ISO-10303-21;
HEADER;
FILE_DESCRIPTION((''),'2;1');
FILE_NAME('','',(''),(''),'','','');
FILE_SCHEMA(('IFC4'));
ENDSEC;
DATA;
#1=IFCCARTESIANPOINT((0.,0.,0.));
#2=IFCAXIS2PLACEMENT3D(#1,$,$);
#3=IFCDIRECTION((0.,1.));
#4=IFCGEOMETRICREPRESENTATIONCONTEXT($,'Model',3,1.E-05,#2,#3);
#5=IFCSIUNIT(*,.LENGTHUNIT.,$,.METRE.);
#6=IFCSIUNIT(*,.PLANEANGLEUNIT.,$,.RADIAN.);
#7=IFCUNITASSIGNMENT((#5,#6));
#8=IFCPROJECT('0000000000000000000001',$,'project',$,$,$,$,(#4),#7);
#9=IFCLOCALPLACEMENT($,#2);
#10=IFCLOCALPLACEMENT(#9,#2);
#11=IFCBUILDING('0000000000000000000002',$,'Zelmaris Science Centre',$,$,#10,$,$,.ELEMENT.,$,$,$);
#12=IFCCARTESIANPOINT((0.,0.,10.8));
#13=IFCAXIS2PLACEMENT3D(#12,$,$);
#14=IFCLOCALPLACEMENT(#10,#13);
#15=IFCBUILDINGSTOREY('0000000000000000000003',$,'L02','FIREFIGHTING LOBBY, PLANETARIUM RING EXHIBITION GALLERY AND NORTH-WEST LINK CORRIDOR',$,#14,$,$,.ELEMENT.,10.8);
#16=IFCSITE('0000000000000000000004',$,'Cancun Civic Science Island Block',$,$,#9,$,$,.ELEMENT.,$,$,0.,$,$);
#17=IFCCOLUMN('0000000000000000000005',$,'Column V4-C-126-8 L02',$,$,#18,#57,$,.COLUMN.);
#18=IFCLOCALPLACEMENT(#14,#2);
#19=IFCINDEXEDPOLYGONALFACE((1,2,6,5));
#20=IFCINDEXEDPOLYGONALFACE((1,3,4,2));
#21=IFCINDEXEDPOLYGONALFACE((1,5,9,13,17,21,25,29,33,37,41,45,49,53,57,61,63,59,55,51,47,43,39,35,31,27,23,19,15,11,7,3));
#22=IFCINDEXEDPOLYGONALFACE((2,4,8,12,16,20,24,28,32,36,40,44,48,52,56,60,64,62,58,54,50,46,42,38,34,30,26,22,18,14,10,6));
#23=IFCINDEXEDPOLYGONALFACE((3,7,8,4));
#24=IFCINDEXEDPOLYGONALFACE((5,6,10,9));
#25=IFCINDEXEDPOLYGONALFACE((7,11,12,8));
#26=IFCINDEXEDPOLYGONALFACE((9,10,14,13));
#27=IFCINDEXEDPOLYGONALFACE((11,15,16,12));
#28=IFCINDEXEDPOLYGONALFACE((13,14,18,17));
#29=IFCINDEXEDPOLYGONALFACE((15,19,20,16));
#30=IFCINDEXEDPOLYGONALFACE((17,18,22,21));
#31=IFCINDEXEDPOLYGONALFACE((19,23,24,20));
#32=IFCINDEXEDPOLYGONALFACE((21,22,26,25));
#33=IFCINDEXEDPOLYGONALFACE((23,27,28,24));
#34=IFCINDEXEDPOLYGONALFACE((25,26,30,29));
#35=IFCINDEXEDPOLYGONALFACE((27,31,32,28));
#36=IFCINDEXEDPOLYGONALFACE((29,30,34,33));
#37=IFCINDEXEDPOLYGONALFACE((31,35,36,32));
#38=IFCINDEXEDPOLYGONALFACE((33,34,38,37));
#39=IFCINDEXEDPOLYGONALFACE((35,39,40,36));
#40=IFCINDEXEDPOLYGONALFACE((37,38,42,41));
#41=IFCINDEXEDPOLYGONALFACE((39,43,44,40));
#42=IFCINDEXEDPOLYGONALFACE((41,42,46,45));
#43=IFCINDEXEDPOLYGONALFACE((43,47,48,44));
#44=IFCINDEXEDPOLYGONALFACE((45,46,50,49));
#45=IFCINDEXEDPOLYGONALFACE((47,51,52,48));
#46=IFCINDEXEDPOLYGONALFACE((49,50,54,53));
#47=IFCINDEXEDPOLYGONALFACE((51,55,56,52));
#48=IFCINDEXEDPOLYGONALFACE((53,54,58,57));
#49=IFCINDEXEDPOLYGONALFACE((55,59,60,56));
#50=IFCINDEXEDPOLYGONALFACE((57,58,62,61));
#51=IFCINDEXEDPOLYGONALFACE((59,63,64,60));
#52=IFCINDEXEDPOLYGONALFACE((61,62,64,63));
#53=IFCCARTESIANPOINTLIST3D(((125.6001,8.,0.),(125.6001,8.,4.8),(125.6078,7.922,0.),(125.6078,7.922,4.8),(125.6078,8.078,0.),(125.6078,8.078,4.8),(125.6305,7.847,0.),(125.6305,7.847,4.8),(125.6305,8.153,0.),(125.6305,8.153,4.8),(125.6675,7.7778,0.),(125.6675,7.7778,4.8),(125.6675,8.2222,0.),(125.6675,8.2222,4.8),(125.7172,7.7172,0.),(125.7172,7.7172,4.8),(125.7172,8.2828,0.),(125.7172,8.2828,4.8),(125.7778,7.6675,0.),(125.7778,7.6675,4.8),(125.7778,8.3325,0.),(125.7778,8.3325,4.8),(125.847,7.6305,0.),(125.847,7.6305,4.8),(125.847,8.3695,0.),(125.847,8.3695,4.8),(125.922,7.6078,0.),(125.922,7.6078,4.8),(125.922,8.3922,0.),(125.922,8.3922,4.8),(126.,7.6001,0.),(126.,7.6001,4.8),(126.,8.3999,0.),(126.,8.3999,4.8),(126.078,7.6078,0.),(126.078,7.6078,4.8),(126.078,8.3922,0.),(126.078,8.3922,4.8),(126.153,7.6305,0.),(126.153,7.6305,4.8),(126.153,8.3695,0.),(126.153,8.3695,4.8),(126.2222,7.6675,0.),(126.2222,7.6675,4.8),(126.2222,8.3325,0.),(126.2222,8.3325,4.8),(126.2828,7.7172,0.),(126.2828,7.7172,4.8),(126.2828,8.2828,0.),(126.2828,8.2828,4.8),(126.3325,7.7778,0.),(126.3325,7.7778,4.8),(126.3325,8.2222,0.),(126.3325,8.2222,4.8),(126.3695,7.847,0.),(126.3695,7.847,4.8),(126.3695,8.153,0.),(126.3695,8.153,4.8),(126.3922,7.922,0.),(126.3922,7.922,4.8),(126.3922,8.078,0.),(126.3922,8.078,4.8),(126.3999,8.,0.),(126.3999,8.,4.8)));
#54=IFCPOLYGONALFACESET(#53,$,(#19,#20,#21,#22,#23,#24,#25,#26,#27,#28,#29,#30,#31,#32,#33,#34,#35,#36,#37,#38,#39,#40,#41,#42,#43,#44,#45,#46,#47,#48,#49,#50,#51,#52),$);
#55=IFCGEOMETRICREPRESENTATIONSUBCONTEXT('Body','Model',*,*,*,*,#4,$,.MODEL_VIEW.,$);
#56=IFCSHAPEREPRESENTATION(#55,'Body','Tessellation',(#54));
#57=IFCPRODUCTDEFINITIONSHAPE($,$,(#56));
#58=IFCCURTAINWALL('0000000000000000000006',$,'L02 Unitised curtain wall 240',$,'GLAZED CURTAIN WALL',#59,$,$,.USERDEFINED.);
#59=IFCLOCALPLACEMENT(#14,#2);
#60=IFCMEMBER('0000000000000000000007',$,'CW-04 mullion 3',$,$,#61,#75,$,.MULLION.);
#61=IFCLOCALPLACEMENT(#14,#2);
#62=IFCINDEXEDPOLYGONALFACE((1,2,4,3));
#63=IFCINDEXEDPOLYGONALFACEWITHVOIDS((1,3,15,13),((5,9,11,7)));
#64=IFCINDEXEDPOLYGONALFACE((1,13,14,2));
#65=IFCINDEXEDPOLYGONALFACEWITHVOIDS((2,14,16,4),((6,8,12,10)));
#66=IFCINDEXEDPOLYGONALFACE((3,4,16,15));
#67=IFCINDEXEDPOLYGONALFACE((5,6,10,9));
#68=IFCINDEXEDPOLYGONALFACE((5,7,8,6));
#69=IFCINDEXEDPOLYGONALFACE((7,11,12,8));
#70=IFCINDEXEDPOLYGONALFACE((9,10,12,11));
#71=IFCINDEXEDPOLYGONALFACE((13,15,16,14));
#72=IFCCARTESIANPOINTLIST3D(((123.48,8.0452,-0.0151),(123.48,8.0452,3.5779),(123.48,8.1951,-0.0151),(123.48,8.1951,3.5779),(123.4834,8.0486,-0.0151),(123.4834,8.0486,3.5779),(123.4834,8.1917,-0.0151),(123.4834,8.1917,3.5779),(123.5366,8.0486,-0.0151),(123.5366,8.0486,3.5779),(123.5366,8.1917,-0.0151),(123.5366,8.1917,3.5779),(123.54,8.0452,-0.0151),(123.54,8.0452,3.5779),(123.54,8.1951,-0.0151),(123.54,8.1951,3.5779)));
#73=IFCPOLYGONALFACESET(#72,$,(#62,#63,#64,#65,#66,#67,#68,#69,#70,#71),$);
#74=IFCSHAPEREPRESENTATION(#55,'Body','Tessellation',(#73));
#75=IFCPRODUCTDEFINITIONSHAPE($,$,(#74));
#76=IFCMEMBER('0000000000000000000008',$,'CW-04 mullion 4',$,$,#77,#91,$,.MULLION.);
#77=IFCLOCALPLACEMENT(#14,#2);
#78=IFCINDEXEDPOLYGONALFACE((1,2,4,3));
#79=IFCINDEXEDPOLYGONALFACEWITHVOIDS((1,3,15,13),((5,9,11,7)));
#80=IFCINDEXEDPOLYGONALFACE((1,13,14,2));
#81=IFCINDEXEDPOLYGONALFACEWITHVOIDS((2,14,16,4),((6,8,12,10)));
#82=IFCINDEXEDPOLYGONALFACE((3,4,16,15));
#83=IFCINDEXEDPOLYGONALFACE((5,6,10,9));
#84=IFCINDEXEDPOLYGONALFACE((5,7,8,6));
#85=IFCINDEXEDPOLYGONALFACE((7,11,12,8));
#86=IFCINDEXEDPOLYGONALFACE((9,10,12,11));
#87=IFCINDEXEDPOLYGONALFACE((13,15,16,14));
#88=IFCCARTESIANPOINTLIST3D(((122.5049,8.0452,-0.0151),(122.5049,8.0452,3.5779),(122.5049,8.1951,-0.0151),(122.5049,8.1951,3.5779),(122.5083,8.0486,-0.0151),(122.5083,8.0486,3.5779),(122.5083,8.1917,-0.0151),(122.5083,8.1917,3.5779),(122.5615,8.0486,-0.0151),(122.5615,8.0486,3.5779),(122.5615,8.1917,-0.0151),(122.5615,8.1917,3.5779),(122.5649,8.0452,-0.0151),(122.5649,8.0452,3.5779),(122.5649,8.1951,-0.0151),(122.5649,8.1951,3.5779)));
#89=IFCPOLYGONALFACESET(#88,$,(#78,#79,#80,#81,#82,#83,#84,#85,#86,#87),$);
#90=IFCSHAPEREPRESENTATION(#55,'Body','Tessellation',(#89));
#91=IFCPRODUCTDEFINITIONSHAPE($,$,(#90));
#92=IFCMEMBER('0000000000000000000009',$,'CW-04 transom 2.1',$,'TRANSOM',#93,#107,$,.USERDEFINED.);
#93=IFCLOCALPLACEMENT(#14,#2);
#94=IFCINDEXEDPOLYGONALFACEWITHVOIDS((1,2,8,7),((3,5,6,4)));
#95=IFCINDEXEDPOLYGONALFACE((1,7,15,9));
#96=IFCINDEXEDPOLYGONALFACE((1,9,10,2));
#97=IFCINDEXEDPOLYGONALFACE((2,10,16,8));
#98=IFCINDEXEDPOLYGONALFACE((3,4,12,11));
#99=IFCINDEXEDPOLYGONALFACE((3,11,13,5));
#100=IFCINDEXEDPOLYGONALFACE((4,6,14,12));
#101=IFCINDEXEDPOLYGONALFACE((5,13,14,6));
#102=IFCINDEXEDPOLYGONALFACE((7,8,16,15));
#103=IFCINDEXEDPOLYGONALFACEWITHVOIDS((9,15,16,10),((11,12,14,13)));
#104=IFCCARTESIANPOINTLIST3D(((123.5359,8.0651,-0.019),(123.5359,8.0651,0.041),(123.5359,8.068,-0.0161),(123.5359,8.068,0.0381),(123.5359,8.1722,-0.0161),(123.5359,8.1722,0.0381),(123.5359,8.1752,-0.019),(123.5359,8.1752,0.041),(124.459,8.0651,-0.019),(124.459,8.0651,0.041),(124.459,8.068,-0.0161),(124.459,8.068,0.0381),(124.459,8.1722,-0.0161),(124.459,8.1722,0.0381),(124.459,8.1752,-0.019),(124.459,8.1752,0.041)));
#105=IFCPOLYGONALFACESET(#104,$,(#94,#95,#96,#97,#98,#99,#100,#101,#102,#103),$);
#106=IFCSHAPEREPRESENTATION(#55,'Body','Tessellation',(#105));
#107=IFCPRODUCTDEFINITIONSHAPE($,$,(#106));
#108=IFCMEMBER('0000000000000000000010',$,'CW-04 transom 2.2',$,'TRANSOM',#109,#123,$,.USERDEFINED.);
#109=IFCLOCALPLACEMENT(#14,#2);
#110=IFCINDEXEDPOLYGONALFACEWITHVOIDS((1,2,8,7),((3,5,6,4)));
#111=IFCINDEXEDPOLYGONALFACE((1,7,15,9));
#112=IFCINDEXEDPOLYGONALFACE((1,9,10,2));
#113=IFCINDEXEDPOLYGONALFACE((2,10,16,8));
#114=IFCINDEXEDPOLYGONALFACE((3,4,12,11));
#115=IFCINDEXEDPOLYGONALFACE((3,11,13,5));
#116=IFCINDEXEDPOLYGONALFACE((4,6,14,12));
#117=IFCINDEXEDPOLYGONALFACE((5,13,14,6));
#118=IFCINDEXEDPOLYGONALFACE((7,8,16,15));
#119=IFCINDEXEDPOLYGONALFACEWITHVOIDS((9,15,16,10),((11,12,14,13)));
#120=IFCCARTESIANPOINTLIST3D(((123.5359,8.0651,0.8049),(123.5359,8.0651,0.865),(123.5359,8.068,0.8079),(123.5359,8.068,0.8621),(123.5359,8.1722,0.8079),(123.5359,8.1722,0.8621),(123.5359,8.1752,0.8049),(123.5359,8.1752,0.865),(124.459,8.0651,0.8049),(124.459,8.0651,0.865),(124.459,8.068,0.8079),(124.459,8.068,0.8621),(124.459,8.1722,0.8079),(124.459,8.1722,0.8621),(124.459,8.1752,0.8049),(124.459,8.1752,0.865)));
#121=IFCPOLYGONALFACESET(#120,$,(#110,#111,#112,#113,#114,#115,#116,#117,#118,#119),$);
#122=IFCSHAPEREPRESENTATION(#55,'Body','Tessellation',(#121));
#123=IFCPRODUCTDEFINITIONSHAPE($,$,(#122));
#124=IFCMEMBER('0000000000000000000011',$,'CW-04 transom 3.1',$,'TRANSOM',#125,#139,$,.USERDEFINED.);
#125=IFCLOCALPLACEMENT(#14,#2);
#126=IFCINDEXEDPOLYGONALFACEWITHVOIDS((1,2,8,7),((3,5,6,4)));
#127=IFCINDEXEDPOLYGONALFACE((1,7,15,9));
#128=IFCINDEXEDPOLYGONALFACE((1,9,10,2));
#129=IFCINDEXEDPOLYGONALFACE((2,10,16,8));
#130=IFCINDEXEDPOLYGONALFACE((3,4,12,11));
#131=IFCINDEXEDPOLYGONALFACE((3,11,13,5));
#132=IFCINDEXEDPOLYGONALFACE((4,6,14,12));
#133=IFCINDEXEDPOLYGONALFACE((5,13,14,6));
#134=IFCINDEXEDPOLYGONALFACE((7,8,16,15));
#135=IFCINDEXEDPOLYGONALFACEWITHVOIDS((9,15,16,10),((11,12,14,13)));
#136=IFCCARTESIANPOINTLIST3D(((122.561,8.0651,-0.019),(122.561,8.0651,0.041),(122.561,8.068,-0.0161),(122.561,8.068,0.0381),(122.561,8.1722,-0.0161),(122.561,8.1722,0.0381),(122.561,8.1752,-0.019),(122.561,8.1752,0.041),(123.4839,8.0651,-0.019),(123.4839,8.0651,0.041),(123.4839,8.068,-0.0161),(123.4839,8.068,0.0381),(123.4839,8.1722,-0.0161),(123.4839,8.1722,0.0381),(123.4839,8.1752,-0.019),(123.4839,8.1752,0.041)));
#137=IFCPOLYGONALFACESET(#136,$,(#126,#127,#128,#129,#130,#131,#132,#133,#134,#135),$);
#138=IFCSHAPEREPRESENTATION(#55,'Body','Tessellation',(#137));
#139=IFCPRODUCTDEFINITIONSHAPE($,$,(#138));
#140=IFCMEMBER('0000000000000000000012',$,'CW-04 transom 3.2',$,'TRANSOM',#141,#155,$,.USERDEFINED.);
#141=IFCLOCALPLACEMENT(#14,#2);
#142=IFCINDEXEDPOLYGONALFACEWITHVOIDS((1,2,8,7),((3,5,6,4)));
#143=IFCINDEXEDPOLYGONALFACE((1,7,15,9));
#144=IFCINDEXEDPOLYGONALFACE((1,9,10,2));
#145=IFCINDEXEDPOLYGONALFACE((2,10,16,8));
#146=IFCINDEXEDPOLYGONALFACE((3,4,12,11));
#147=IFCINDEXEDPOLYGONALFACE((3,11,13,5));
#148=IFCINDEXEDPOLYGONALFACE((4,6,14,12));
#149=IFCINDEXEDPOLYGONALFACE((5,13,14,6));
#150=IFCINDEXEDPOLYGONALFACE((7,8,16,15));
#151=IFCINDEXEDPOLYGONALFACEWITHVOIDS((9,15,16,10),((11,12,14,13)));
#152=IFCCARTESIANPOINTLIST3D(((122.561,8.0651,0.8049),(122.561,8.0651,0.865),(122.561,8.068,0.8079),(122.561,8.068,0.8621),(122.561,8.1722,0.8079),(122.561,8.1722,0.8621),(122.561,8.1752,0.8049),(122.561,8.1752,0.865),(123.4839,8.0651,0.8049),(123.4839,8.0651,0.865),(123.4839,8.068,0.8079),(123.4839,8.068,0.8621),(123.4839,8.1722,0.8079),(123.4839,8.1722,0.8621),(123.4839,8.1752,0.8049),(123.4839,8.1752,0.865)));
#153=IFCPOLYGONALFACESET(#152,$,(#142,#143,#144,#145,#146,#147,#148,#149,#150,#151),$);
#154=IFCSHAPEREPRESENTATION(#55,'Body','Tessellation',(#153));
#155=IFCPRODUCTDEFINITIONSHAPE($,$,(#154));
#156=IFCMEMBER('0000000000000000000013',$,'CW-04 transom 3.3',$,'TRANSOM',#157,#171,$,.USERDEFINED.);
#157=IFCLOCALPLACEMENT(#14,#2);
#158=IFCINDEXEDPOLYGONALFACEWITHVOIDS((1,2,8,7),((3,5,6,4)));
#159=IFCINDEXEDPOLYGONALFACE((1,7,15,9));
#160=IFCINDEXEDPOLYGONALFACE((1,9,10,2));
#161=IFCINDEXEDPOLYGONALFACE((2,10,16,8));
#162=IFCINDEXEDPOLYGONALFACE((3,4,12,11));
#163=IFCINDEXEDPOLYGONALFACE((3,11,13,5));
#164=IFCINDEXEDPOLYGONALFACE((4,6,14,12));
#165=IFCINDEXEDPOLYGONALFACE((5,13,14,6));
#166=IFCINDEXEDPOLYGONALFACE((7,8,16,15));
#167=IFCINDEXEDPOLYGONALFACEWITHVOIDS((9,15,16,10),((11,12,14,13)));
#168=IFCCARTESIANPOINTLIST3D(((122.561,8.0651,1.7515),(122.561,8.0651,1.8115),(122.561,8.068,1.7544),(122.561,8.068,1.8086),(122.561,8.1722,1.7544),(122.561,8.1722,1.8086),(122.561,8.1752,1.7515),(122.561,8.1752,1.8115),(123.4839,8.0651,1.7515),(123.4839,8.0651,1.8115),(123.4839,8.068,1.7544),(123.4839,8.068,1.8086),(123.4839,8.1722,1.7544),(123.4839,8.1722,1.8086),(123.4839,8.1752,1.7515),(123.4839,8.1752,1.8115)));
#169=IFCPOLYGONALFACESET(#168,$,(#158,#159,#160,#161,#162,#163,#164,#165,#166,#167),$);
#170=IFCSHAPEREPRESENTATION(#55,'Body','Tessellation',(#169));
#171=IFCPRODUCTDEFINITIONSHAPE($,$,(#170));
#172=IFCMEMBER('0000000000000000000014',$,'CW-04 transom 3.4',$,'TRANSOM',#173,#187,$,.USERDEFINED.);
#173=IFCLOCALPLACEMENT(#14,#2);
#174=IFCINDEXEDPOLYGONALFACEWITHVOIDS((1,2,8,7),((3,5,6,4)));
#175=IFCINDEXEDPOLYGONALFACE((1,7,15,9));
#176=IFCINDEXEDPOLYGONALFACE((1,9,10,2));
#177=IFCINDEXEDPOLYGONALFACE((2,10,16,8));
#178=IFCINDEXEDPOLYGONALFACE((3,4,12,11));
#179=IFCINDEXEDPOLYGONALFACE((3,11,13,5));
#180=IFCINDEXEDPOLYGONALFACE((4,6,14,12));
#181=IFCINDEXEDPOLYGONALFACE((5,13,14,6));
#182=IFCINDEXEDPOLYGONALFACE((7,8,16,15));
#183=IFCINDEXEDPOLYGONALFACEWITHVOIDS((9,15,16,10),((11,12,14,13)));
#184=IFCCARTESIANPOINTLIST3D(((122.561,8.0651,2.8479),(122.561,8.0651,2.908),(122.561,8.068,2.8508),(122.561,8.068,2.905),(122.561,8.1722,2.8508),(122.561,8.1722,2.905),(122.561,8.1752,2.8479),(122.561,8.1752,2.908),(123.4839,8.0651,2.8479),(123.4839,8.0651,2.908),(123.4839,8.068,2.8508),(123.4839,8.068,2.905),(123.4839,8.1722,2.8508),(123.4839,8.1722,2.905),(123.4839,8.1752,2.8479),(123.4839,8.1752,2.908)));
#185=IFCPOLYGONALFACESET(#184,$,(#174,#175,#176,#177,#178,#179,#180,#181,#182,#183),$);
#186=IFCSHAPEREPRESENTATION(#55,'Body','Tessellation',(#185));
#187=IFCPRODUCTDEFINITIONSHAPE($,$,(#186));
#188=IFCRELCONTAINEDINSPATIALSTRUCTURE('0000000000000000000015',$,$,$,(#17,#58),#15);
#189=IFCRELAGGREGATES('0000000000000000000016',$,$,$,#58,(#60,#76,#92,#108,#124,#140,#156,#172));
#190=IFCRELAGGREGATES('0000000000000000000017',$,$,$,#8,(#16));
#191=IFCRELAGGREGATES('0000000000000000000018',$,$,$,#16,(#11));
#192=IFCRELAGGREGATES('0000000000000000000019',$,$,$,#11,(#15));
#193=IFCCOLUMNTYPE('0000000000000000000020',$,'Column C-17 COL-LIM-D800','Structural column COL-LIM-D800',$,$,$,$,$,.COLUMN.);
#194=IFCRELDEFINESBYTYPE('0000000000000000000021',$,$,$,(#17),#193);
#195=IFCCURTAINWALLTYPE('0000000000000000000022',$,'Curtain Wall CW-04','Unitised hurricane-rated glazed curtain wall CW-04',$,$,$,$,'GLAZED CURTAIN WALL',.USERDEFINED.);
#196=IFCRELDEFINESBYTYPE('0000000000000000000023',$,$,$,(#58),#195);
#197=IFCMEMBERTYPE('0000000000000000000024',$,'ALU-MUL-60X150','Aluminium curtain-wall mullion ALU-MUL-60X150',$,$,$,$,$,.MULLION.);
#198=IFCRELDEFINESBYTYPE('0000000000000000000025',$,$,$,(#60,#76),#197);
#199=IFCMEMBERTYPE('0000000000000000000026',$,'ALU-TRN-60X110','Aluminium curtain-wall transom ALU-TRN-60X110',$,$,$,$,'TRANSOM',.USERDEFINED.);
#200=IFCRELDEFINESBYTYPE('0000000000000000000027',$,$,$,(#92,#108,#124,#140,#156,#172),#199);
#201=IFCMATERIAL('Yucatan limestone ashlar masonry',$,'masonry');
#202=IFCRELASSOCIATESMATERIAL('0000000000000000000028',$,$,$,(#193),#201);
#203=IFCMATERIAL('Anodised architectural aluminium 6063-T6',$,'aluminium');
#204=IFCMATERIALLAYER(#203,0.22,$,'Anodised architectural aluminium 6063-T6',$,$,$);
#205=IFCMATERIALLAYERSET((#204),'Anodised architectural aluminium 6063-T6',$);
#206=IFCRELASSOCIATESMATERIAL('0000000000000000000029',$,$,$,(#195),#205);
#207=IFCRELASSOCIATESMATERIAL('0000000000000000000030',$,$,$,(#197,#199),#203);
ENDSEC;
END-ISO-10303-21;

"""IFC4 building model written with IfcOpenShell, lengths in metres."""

from ifc_helpers import new_model, si_unit, direction, frame, origin, origin_2d, place, context, subcontext, project, spatial, hollow_rectangle, circle, extrude, material, layer, layer_set, material_profile, profile_set, type_object, element, aggregate, save


model = new_model("IFC4")

# Units and contexts
model_context = context("Model", 3, precision=1e-05, world=origin(), true_north=direction((0.0, 1.0)))
body_context = subcontext(model_context, "Body", "Model", "MODEL_VIEW")
ifc_project = project(units=[si_unit("LENGTHUNIT", "METRE"), si_unit("PLANEANGLEUNIT", "RADIAN")], contexts=[model_context])

# Site, building, storey
site_placement = place(None, origin())
site = spatial("IfcSite", under=ifc_project, at=site_placement, Name="Cancun Civic Science Island Block", CompositionType="ELEMENT", RefElevation=0.0)
building_placement = place(site_placement, origin())
building = spatial("IfcBuilding", under=site, at=building_placement, Name="Zelmaris Science Centre", CompositionType="ELEMENT")
storey_placement = place(building_placement, frame((0.0, 0.0, 10.8)))
storey = spatial("IfcBuildingStorey", under=building, at=storey_placement, Name="L02", Description="FIREFIGHTING LOBBY, PLANETARIUM RING EXHIBITION GALLERY AND NORTH-WEST LINK CORRIDOR", CompositionType="ELEMENT", Elevation=10.8)

# Column
ifc_material_1 = material(Name="Yucatan limestone ashlar masonry", Category="masonry")
ifc_material_profile_1 = material_profile(ifc_material_1, circle(Radius=0.3999, at=origin_2d()), Name="COL-LIM-D800")
ifc_profile_set_1 = profile_set([ifc_material_profile_1], Name="Yucatan limestone ashlar masonry")
column_type = type_object("IfcColumnType", Name="Column C-17 COL-LIM-D800", Description="Structural column COL-LIM-D800", PredefinedType="COLUMN", material=ifc_profile_set_1)
column_placement = place(storey_placement, frame((126.0, 8.0, 0.0), z_axis=(0.0, 0.0, 1.0), x_axis=(1.0, 0.0, 0.0)))
element("IfcColumn", 1, at=column_placement, inside=storey, type_object=column_type, Name="Column V4-C-126-8 L02", PredefinedType="COLUMN", context=body_context, shape_type="SweptSolid", body=[
    extrude(circle(Radius=0.3999, at=origin_2d()), origin(), (0.0, 0.0, 1.0), 4.8),
])

# Curtain wall, members
ifc_material_2 = material(Name="Anodised architectural aluminium 6063-T6", Category="aluminium")
ifc_layer_1 = layer(ifc_material_2, 0.22, Name="Anodised architectural aluminium 6063-T6")
ifc_layer_set_1 = layer_set([ifc_layer_1], Name="Anodised architectural aluminium 6063-T6")
curtain_wall_type = type_object("IfcCurtainWallType", Name="Curtain Wall CW-04", Description="Unitised hurricane-rated glazed curtain wall CW-04", ElementType="GLAZED CURTAIN WALL", PredefinedType="USERDEFINED", material=ifc_layer_set_1)
curtain_wall_placement = place(storey_placement, origin())
curtain_wall = element("IfcCurtainWall", 2, at=curtain_wall_placement, inside=storey, type_object=curtain_wall_type, Name="L02 Unitised curtain wall 240", ObjectType="GLAZED CURTAIN WALL", PredefinedType="USERDEFINED")
ifc_material_profile_2 = material_profile(ifc_material_2, hollow_rectangle(XDim=0.0601, YDim=0.1499, WallThickness=0.0034, at=origin_2d()), Name="ALU-MUL-60X150")
ifc_profile_set_2 = profile_set([ifc_material_profile_2], Name="Anodised architectural aluminium 6063-T6")
member_type_1 = type_object("IfcMemberType", Name="ALU-MUL-60X150", Description="Aluminium curtain-wall mullion ALU-MUL-60X150", PredefinedType="MULLION", material=ifc_profile_set_2)
member_1_placement = place(storey_placement, frame((123.51, 8.1201, -0.0151), z_axis=(0.0, 0.0, 1.0), x_axis=(-1.0, 0.0, 0.0)))
member_1 = element("IfcMember", 3, at=member_1_placement, type_object=member_type_1, Name="CW-04 mullion 3", PredefinedType="MULLION", context=body_context, shape_type="SweptSolid", body=[
    extrude(hollow_rectangle(XDim=0.0601, YDim=0.1499, WallThickness=0.0034, at=origin_2d()), origin(), (0.0, 0.0, 1.0), 3.593),
])
member_2_placement = place(storey_placement, frame((122.5349, 8.1201, -0.0151), z_axis=(0.0, 0.0, 1.0), x_axis=(-1.0, 0.0, 0.0)))
member_2 = element("IfcMember", 4, at=member_2_placement, type_object=member_type_1, Name="CW-04 mullion 4", PredefinedType="MULLION", context=body_context, shape_type="SweptSolid", body=[
    extrude(hollow_rectangle(XDim=0.0601, YDim=0.1499, WallThickness=0.0034, at=origin_2d()), origin(), (0.0, 0.0, 1.0), 3.593),
])
ifc_material_profile_3 = material_profile(ifc_material_2, hollow_rectangle(XDim=0.0601, YDim=0.1101, WallThickness=0.0029, at=origin_2d()), Name="ALU-TRN-60X110")
ifc_profile_set_3 = profile_set([ifc_material_profile_3], Name="Anodised architectural aluminium 6063-T6")
member_type_2 = type_object("IfcMemberType", Name="ALU-TRN-60X110", Description="Aluminium curtain-wall transom ALU-TRN-60X110", ElementType="TRANSOM", PredefinedType="USERDEFINED", material=ifc_profile_set_3)
member_3_placement = place(storey_placement, frame((124.459, 8.1201, 0.011), z_axis=(-1.0, 0.0, 0.0), x_axis=(0.0, 0.0, 1.0)))
member_3 = element("IfcMember", 5, at=member_3_placement, type_object=member_type_2, Name="CW-04 transom 2.1", ObjectType="TRANSOM", PredefinedType="USERDEFINED", context=body_context, shape_type="SweptSolid", body=[
    extrude(hollow_rectangle(XDim=0.0601, YDim=0.1101, WallThickness=0.0029, at=origin_2d()), origin(), (0.0, 0.0, 1.0), 0.9231),
])
member_4_placement = place(storey_placement, frame((124.459, 8.1201, 0.835), z_axis=(-1.0, 0.0, 0.0), x_axis=(0.0, 0.0, 1.0)))
member_4 = element("IfcMember", 6, at=member_4_placement, type_object=member_type_2, Name="CW-04 transom 2.2", ObjectType="TRANSOM", PredefinedType="USERDEFINED", context=body_context, shape_type="SweptSolid", body=[
    extrude(hollow_rectangle(XDim=0.0601, YDim=0.1101, WallThickness=0.0029, at=origin_2d()), origin(), (0.0, 0.0, 1.0), 0.9231),
])
member_5_placement = place(storey_placement, frame((123.4839, 8.1201, 0.011), z_axis=(-1.0, 0.0, 0.0), x_axis=(0.0, 0.0, 1.0)))
member_5 = element("IfcMember", 7, at=member_5_placement, type_object=member_type_2, Name="CW-04 transom 3.1", ObjectType="TRANSOM", PredefinedType="USERDEFINED", context=body_context, shape_type="SweptSolid", body=[
    extrude(hollow_rectangle(XDim=0.0601, YDim=0.1101, WallThickness=0.0029, at=origin_2d()), origin(), (0.0, 0.0, 1.0), 0.9229),
])
member_6_placement = place(storey_placement, frame((123.4839, 8.1201, 0.835), z_axis=(-1.0, 0.0, 0.0), x_axis=(0.0, 0.0, 1.0)))
member_6 = element("IfcMember", 8, at=member_6_placement, type_object=member_type_2, Name="CW-04 transom 3.2", ObjectType="TRANSOM", PredefinedType="USERDEFINED", context=body_context, shape_type="SweptSolid", body=[
    extrude(hollow_rectangle(XDim=0.0601, YDim=0.1101, WallThickness=0.0029, at=origin_2d()), origin(), (0.0, 0.0, 1.0), 0.9229),
])
member_7_placement = place(storey_placement, frame((123.4839, 8.1201, 1.7815), z_axis=(-1.0, 0.0, 0.0), x_axis=(0.0, 0.0, 1.0)))
member_7 = element("IfcMember", 9, at=member_7_placement, type_object=member_type_2, Name="CW-04 transom 3.3", ObjectType="TRANSOM", PredefinedType="USERDEFINED", context=body_context, shape_type="SweptSolid", body=[
    extrude(hollow_rectangle(XDim=0.0601, YDim=0.1101, WallThickness=0.0029, at=origin_2d()), origin(), (0.0, 0.0, 1.0), 0.9229),
])
member_8_placement = place(storey_placement, frame((123.4839, 8.1201, 2.8779), z_axis=(-1.0, 0.0, 0.0), x_axis=(0.0, 0.0, 1.0)))
member_8 = element("IfcMember", 10, at=member_8_placement, type_object=member_type_2, Name="CW-04 transom 3.4", ObjectType="TRANSOM", PredefinedType="USERDEFINED", context=body_context, shape_type="SweptSolid", body=[
    extrude(hollow_rectangle(XDim=0.0601, YDim=0.1101, WallThickness=0.0029, at=origin_2d()), origin(), (0.0, 0.0, 1.0), 0.9229),
])

aggregate(curtain_wall, [member_1, member_2, member_3, member_4, member_5, member_6, member_7, member_8])

save(model, "model.ifc")
